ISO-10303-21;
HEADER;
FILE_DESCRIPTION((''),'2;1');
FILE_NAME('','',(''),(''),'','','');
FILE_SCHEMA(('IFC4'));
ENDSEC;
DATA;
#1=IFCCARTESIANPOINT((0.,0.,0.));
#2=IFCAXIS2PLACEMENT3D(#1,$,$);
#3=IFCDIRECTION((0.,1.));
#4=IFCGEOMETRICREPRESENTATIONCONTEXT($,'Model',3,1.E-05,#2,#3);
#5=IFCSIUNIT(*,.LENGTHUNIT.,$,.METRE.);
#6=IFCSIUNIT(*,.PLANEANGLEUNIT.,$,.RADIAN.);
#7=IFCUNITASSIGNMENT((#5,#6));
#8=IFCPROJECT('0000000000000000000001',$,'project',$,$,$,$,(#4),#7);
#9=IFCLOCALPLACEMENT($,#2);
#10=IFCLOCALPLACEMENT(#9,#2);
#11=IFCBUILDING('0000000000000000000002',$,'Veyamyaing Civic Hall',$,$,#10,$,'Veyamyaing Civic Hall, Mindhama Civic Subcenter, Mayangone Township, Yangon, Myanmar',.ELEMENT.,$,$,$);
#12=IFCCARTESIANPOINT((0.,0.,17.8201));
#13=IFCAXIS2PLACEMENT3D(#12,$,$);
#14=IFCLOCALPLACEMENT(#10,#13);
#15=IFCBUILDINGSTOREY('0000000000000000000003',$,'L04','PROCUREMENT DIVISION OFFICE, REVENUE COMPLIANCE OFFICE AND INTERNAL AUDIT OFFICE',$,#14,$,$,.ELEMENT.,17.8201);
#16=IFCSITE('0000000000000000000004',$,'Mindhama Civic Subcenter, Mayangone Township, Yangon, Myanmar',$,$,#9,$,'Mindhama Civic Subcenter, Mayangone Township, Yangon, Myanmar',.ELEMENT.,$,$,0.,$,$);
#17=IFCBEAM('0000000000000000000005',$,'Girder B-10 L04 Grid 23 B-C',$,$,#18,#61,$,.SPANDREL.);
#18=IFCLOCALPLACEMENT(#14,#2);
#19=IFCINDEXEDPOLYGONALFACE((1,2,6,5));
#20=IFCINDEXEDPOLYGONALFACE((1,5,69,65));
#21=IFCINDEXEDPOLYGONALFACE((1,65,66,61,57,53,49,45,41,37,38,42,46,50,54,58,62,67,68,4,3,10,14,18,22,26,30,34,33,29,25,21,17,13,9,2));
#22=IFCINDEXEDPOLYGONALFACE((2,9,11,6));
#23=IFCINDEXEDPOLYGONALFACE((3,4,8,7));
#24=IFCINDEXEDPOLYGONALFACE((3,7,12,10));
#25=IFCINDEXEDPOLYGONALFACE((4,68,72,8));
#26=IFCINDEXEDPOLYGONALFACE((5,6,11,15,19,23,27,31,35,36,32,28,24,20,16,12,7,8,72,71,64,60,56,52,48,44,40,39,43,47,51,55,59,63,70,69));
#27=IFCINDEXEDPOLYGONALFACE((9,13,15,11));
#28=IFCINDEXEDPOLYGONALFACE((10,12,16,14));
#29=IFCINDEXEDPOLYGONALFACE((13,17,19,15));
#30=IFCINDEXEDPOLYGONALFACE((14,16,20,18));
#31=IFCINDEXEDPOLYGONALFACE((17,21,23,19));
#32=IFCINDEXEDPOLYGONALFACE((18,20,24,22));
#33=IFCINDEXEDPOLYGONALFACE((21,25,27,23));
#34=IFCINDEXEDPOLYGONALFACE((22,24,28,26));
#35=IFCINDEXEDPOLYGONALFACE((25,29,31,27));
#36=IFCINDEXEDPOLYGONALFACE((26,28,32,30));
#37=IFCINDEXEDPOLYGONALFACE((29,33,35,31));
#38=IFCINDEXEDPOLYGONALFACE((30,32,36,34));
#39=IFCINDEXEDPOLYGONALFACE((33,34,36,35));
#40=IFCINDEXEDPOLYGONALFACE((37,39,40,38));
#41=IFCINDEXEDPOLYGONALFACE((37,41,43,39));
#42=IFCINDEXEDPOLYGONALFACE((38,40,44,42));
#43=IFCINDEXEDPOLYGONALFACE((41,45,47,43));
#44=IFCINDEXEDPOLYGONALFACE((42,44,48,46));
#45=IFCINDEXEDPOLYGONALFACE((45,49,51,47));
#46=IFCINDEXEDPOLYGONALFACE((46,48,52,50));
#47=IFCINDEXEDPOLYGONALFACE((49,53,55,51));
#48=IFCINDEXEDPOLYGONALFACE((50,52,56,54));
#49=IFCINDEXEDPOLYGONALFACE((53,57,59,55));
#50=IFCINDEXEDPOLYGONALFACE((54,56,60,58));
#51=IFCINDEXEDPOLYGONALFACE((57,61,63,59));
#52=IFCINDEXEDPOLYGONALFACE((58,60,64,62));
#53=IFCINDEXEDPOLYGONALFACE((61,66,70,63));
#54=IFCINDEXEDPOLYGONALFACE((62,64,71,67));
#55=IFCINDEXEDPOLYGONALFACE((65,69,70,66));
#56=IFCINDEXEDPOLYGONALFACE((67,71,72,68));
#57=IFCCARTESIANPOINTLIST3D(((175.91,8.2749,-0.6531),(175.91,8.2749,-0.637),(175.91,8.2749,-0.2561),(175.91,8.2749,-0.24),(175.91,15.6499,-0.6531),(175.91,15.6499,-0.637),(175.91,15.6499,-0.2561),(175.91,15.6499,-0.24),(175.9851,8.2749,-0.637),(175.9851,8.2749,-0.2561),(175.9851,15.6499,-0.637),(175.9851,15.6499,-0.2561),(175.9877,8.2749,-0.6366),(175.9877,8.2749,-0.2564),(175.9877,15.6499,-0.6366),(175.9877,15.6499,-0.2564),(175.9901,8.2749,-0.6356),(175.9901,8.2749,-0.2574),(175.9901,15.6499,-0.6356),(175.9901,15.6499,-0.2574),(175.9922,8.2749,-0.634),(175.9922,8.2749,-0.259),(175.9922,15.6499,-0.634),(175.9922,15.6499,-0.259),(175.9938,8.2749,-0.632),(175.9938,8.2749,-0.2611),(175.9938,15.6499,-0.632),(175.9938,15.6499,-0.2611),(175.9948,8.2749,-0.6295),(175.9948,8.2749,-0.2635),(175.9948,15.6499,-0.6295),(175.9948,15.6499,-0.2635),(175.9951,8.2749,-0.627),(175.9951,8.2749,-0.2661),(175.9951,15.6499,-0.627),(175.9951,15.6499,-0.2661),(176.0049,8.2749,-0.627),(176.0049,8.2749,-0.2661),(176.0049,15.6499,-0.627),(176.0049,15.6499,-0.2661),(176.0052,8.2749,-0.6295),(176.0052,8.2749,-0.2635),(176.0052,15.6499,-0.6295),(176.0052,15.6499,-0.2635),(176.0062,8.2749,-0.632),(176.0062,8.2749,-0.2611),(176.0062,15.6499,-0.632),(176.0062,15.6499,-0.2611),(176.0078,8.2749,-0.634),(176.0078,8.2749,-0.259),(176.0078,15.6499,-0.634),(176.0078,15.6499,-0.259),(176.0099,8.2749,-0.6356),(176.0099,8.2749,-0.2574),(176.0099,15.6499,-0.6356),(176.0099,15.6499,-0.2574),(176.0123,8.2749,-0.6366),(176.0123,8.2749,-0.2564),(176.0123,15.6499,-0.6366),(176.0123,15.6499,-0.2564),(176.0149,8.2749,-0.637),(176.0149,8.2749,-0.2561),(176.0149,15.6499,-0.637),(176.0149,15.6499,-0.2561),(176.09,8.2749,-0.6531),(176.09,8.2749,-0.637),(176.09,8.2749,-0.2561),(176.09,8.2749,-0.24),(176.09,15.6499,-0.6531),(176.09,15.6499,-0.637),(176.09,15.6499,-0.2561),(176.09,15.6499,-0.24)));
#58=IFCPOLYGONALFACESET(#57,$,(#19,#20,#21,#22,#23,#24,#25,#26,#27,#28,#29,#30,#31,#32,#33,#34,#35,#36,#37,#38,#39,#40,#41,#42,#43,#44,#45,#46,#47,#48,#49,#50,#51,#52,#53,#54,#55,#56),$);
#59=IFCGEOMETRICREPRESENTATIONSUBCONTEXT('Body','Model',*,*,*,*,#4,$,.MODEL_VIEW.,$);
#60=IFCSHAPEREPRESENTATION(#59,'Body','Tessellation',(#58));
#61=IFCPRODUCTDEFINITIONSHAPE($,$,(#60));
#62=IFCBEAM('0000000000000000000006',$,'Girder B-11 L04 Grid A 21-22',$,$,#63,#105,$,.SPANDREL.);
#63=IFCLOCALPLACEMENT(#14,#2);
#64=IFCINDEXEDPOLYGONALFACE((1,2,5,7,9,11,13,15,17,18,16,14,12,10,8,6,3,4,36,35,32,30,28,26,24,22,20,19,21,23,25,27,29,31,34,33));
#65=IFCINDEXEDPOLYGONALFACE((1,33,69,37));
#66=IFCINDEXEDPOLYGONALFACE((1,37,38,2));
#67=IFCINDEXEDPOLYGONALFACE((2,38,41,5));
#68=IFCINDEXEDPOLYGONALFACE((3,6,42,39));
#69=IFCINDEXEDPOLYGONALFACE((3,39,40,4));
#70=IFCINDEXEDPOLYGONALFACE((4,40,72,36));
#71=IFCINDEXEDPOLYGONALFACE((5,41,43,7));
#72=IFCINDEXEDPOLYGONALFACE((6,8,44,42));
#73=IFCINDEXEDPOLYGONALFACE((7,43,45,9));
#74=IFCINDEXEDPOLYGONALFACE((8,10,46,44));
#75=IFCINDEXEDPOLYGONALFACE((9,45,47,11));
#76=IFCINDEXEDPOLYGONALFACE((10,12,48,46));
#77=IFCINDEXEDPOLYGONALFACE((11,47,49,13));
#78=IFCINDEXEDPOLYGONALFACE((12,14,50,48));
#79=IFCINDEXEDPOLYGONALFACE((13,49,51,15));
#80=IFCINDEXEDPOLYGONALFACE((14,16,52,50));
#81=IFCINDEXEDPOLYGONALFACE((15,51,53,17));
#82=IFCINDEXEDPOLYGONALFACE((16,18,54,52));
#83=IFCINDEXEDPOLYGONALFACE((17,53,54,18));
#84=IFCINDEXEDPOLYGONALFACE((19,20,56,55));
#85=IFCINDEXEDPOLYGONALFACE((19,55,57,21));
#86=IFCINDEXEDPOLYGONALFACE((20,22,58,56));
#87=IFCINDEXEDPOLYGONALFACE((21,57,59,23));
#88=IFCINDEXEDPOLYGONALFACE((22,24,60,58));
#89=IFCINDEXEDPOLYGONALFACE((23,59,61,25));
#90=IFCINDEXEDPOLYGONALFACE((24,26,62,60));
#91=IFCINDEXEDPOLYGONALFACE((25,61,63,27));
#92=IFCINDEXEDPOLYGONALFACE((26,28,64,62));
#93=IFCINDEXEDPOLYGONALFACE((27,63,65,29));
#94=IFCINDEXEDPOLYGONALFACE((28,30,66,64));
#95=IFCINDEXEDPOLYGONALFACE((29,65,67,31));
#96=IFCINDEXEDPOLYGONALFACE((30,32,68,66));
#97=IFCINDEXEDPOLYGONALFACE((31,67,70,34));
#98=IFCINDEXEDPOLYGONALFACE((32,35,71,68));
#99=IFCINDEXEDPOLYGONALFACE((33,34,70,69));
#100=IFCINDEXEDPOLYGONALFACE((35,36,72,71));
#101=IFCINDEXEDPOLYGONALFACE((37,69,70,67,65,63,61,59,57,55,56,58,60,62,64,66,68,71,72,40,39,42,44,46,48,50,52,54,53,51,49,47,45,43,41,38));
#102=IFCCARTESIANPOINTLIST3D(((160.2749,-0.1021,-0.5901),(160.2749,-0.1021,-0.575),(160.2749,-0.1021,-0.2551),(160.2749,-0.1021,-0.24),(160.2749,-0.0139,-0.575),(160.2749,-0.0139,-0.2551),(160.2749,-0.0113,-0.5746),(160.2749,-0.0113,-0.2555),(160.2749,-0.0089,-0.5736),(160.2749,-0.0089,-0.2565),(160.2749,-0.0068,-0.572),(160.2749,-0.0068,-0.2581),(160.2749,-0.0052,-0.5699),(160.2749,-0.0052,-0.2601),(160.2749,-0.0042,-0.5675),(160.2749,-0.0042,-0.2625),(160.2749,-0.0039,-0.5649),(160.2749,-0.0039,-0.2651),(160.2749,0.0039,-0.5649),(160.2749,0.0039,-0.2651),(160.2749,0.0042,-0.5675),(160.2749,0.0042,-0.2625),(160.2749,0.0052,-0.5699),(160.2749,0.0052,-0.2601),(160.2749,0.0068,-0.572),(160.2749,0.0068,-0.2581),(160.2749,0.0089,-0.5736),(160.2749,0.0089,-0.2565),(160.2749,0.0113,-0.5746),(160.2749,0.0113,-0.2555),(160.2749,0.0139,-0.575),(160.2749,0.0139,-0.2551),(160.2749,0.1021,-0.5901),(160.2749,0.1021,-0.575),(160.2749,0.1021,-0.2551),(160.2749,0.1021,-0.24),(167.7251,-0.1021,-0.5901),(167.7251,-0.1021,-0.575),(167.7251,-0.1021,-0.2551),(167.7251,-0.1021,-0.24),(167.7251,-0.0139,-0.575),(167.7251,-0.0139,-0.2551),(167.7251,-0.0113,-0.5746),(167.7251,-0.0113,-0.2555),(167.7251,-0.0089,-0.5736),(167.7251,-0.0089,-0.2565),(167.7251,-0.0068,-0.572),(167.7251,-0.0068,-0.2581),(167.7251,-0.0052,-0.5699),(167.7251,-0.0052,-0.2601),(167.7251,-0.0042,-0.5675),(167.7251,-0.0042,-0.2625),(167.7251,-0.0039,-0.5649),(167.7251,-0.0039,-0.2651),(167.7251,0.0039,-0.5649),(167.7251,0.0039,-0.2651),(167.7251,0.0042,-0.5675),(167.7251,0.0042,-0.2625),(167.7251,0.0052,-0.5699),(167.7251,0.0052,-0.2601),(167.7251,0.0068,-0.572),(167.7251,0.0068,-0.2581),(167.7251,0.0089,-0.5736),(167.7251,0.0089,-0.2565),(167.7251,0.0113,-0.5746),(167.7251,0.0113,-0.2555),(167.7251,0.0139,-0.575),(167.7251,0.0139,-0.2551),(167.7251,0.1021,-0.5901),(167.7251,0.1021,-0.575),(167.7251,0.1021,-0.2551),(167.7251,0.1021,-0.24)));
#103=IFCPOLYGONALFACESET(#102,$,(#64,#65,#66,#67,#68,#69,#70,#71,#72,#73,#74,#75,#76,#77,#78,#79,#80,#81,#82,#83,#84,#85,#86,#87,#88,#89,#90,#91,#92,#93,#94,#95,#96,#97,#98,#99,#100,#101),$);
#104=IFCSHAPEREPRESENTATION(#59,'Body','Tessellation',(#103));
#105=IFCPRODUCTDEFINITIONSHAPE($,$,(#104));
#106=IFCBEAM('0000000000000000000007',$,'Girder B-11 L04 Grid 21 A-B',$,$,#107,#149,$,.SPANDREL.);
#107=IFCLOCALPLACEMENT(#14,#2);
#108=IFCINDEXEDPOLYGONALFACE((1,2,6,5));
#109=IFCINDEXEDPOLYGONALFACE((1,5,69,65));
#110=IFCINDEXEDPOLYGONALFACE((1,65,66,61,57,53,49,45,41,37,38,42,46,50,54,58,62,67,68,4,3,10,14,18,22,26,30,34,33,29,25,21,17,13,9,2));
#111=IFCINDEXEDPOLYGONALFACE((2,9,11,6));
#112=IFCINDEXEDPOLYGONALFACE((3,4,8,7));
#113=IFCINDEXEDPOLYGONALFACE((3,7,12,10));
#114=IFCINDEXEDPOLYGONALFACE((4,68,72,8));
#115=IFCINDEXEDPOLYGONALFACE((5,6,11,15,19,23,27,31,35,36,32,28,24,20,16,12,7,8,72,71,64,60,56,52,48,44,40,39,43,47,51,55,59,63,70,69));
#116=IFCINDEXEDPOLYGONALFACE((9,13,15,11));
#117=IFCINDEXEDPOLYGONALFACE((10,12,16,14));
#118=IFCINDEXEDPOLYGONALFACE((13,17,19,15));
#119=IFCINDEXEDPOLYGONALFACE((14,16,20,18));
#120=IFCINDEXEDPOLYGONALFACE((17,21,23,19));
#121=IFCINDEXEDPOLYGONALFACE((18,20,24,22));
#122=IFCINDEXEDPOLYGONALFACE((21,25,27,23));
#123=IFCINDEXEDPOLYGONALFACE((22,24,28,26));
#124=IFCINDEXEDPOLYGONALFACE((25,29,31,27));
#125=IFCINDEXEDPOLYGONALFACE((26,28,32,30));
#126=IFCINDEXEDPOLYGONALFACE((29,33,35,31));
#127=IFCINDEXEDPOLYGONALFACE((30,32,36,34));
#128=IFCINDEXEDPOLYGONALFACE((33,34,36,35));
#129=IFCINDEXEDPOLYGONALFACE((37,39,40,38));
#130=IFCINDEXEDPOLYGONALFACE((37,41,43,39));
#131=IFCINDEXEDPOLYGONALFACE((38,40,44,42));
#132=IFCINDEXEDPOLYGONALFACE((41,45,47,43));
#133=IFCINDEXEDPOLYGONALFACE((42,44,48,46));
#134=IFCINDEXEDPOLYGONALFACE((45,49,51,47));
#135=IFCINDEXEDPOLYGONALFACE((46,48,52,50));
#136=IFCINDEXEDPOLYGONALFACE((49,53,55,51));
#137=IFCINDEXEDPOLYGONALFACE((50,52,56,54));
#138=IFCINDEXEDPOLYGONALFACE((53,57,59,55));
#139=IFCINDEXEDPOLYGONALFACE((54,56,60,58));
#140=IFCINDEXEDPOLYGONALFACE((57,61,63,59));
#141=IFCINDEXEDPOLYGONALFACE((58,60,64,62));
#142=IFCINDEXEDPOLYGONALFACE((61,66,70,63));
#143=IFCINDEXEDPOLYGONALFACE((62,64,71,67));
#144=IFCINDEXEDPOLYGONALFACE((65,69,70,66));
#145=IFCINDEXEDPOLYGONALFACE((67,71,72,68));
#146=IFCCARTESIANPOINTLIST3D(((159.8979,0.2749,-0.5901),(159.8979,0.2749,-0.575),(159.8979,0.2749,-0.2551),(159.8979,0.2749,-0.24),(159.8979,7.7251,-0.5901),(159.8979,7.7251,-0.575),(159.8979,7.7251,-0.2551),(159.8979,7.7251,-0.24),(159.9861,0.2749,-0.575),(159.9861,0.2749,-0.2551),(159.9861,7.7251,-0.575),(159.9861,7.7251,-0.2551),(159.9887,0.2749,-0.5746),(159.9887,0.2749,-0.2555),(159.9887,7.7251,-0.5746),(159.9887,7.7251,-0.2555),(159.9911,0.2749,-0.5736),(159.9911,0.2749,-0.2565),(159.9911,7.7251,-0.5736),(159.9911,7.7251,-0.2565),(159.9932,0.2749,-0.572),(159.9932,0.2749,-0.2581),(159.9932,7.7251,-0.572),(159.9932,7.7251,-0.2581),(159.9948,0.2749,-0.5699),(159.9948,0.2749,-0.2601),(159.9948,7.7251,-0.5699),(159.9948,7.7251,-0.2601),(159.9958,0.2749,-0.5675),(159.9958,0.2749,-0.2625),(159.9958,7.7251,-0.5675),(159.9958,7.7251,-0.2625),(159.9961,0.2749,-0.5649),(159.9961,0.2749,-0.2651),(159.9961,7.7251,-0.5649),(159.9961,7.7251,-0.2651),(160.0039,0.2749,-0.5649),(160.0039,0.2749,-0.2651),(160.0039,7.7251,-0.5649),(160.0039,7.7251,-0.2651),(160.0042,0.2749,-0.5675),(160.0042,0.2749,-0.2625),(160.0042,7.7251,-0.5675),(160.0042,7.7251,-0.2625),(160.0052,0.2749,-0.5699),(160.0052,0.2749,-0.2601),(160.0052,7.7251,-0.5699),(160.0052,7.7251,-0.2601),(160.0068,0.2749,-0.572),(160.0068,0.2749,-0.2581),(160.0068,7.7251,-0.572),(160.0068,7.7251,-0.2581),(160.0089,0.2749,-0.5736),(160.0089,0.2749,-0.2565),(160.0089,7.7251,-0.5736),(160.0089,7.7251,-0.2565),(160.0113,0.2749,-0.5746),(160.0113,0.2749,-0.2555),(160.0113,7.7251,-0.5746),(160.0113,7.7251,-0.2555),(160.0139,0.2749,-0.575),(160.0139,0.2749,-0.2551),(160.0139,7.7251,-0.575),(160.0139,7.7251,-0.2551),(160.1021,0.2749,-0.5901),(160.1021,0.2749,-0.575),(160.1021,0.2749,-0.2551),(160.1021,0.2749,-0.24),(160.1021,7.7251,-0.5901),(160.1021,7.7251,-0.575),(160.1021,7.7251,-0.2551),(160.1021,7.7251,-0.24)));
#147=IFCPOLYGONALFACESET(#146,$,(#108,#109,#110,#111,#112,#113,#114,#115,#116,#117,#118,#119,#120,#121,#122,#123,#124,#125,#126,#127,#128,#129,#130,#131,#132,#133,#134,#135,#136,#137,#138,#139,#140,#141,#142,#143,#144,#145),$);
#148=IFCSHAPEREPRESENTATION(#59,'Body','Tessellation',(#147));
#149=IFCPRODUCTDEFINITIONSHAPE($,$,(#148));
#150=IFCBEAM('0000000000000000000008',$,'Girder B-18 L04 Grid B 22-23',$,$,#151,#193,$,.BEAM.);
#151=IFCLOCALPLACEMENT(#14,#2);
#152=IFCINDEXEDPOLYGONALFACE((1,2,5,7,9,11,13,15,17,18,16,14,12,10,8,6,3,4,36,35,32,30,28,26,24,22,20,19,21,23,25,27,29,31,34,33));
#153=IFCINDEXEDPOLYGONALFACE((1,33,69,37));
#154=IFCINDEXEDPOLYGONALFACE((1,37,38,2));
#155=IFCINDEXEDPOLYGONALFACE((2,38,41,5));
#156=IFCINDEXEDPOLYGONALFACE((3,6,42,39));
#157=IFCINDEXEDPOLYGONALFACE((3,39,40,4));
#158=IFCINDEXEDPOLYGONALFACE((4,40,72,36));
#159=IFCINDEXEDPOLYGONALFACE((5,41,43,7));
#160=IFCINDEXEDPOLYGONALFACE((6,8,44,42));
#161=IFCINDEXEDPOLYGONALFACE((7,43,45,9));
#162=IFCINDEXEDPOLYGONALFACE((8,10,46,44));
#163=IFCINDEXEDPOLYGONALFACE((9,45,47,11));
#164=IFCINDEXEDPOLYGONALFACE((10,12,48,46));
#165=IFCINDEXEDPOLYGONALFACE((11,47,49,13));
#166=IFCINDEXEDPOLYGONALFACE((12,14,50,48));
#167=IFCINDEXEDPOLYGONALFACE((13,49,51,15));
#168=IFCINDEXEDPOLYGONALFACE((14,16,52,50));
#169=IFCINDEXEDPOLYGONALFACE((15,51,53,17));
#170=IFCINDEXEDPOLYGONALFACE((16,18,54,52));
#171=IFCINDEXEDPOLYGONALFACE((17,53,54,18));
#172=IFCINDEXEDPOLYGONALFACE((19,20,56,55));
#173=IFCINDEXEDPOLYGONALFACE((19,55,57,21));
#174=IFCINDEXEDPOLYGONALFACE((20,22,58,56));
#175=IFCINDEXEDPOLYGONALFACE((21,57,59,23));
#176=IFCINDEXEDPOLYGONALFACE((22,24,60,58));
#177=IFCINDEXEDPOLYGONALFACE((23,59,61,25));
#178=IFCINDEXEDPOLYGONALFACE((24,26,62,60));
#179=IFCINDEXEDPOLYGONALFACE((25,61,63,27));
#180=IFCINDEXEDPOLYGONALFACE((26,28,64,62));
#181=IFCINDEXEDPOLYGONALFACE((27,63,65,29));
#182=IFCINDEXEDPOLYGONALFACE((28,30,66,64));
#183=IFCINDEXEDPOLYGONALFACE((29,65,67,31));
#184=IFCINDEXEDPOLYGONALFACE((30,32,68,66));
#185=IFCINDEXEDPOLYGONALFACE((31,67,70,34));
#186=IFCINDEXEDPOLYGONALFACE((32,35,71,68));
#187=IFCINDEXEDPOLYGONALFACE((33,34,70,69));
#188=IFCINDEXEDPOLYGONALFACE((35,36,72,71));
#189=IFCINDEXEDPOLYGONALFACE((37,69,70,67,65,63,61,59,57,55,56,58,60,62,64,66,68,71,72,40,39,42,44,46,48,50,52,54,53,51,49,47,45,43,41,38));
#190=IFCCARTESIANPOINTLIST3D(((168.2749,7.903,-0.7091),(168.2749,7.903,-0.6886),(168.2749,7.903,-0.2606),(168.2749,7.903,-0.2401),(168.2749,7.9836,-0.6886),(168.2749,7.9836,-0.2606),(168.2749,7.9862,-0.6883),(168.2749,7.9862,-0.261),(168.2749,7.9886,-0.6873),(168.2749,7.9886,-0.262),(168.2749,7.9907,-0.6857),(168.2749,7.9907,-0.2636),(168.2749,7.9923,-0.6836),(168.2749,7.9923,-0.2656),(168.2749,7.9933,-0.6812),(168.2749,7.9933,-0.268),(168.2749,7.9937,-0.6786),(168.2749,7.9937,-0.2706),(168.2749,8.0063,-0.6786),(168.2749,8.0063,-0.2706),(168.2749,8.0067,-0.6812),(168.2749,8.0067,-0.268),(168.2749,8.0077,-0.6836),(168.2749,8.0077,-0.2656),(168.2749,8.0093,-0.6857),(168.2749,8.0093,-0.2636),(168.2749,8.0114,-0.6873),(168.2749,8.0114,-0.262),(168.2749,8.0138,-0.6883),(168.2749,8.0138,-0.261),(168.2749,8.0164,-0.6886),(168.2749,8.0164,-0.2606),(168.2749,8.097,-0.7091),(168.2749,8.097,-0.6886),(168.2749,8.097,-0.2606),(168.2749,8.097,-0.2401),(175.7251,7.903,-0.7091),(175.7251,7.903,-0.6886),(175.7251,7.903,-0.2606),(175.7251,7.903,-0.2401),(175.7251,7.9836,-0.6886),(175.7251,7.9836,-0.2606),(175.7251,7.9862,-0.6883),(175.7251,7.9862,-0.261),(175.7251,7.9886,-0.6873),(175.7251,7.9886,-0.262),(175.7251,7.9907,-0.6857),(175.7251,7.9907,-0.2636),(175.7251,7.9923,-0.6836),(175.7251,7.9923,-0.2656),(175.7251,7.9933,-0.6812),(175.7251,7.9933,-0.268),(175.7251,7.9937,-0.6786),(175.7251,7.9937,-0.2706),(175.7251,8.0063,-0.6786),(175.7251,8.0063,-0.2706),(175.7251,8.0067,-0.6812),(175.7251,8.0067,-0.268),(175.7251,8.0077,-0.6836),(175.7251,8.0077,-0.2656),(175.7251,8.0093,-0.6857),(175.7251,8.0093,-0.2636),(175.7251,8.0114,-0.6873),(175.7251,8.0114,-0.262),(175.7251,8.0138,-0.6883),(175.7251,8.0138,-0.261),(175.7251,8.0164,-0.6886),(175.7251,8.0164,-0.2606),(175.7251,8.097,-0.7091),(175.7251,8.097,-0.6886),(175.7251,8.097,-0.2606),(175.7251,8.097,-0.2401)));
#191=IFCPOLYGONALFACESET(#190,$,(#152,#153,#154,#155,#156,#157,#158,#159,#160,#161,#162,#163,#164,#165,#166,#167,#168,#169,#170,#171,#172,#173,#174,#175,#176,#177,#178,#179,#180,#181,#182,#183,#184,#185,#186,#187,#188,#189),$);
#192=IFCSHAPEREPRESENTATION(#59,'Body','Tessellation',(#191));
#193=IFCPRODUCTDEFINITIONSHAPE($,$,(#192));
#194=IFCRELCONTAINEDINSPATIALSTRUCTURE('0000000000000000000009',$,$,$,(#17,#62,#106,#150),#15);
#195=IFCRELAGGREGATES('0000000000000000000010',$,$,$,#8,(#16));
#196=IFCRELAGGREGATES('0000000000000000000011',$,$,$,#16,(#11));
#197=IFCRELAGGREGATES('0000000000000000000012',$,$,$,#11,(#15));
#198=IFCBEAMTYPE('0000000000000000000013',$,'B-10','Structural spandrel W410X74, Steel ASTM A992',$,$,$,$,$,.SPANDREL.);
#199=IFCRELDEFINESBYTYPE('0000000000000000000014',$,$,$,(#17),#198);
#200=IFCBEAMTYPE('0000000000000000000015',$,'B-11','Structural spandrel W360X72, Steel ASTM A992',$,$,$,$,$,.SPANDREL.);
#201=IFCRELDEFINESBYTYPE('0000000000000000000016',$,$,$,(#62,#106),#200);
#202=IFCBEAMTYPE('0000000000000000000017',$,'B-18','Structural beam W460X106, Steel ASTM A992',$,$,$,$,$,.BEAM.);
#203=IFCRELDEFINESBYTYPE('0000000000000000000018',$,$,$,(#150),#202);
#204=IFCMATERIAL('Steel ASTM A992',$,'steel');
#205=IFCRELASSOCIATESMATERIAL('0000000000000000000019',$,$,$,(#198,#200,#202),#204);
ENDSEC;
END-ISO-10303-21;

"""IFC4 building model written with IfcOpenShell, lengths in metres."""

from ifc_helpers import new_model, si_unit, direction, frame, origin, origin_2d, place, context, subcontext, project, spatial, i_section, extrude, material, material_profile, profile_set, type_object, element, save


model = new_model("IFC4")

# Units and contexts
model_context = context("Model", 3, precision=1e-05, world=origin(), true_north=direction((0.0, 1.0)))
body_context = subcontext(model_context, "Body", "Model", "MODEL_VIEW")
ifc_project = project(units=[si_unit("LENGTHUNIT", "METRE"), si_unit("PLANEANGLEUNIT", "RADIAN")], contexts=[model_context])

# Site, building, storey
site_placement = place(None, origin())
site = spatial("IfcSite", under=ifc_project, at=site_placement, Name="Mindhama Civic Subcenter, Mayangone Township, Yangon, Myanmar", LongName="Mindhama Civic Subcenter, Mayangone Township, Yangon, Myanmar", CompositionType="ELEMENT", RefElevation=0.0)
building_placement = place(site_placement, origin())
building = spatial("IfcBuilding", under=site, at=building_placement, Name="Veyamyaing Civic Hall", LongName="Veyamyaing Civic Hall, Mindhama Civic Subcenter, Mayangone Township, Yangon, Myanmar", CompositionType="ELEMENT")
storey_placement = place(building_placement, frame((0.0, 0.0, 17.8201)))
storey = spatial("IfcBuildingStorey", under=building, at=storey_placement, Name="L04", Description="PROCUREMENT DIVISION OFFICE, REVENUE COMPLIANCE OFFICE AND INTERNAL AUDIT OFFICE", CompositionType="ELEMENT", Elevation=17.8201)

# Beams
ifc_material_1 = material(Name="Steel ASTM A992", Category="steel")
ifc_material_profile_1 = material_profile(ifc_material_1, i_section(OverallWidth=0.1799, OverallDepth=0.4131, WebThickness=0.0098, FlangeThickness=0.0161, FilletRadius=0.01, at=origin_2d()), Name="W410X74")
ifc_profile_set_1 = profile_set([ifc_material_profile_1], Name="Steel ASTM A992")
beam_type_1 = type_object("IfcBeamType", Name="B-10", Description="Structural spandrel W410X74, Steel ASTM A992", PredefinedType="SPANDREL", material=ifc_profile_set_1)
beam_1_placement = place(storey_placement, frame((176.0, 8.2749, -0.4465), z_axis=(0.0, 1.0, 0.0), x_axis=(-1.0, 0.0, 0.0)))
element("IfcBeam", 1, at=beam_1_placement, inside=storey, type_object=beam_type_1, Name="Girder B-10 L04 Grid 23 B-C", PredefinedType="SPANDREL", context=body_context, shape_type="SweptSolid", body=[
    extrude(i_section(OverallWidth=0.1799, OverallDepth=0.4131, WebThickness=0.0098, FlangeThickness=0.0161, FilletRadius=0.01, at=origin_2d()), origin(), (0.0, 0.0, 1.0), 7.375),
])
ifc_material_profile_2 = material_profile(ifc_material_1, i_section(OverallWidth=0.2041, OverallDepth=0.3501, WebThickness=0.0078, FlangeThickness=0.0151, FilletRadius=0.01, at=origin_2d()), Name="W360X72")
ifc_profile_set_2 = profile_set([ifc_material_profile_2], Name="Steel ASTM A992")
beam_type_2 = type_object("IfcBeamType", Name="B-11", Description="Structural spandrel W360X72, Steel ASTM A992", PredefinedType="SPANDREL", material=ifc_profile_set_2)
for number, where, z_axis, x_axis, name in (
    (2, (160.2749, 0.0, -0.415), (1.0, 0.0, 0.0), (0.0, 1.0, 0.0), "Girder B-11 L04 Grid A 21-22"),
    (3, (160.0, 0.2749, -0.415), (0.0, 1.0, 0.0), (-1.0, 0.0, 0.0), "Girder B-11 L04 Grid 21 A-B"),
):
    element("IfcBeam", number, at=place(storey_placement, frame(where, z_axis=z_axis, x_axis=x_axis)), inside=storey, type_object=beam_type_2, Name=name, PredefinedType="SPANDREL", context=body_context, shape_type="SweptSolid", body=[
        extrude(i_section(OverallWidth=0.2041, OverallDepth=0.3501, WebThickness=0.0078, FlangeThickness=0.0151, FilletRadius=0.01, at=origin_2d()), origin(), (0.0, 0.0, 1.0), 7.4502),
    ])
ifc_material_profile_3 = material_profile(ifc_material_1, i_section(OverallWidth=0.1941, OverallDepth=0.469, WebThickness=0.0127, FlangeThickness=0.0205, FilletRadius=0.01, at=origin_2d()), Name="W460X106")
ifc_profile_set_3 = profile_set([ifc_material_profile_3], Name="Steel ASTM A992")
beam_type_3 = type_object("IfcBeamType", Name="B-18", Description="Structural beam W460X106, Steel ASTM A992", PredefinedType="BEAM", material=ifc_profile_set_3)
beam_2_placement = place(storey_placement, frame((168.2749, 8.0, -0.4746), z_axis=(1.0, 0.0, 0.0), x_axis=(0.0, 1.0, 0.0)))
element("IfcBeam", 4, at=beam_2_placement, inside=storey, type_object=beam_type_3, Name="Girder B-18 L04 Grid B 22-23", PredefinedType="BEAM", context=body_context, shape_type="SweptSolid", body=[
    extrude(i_section(OverallWidth=0.1941, OverallDepth=0.469, WebThickness=0.0127, FlangeThickness=0.0205, FilletRadius=0.01, at=origin_2d()), origin(), (0.0, 0.0, 1.0), 7.4502),
])

save(model, "model.ifc")
